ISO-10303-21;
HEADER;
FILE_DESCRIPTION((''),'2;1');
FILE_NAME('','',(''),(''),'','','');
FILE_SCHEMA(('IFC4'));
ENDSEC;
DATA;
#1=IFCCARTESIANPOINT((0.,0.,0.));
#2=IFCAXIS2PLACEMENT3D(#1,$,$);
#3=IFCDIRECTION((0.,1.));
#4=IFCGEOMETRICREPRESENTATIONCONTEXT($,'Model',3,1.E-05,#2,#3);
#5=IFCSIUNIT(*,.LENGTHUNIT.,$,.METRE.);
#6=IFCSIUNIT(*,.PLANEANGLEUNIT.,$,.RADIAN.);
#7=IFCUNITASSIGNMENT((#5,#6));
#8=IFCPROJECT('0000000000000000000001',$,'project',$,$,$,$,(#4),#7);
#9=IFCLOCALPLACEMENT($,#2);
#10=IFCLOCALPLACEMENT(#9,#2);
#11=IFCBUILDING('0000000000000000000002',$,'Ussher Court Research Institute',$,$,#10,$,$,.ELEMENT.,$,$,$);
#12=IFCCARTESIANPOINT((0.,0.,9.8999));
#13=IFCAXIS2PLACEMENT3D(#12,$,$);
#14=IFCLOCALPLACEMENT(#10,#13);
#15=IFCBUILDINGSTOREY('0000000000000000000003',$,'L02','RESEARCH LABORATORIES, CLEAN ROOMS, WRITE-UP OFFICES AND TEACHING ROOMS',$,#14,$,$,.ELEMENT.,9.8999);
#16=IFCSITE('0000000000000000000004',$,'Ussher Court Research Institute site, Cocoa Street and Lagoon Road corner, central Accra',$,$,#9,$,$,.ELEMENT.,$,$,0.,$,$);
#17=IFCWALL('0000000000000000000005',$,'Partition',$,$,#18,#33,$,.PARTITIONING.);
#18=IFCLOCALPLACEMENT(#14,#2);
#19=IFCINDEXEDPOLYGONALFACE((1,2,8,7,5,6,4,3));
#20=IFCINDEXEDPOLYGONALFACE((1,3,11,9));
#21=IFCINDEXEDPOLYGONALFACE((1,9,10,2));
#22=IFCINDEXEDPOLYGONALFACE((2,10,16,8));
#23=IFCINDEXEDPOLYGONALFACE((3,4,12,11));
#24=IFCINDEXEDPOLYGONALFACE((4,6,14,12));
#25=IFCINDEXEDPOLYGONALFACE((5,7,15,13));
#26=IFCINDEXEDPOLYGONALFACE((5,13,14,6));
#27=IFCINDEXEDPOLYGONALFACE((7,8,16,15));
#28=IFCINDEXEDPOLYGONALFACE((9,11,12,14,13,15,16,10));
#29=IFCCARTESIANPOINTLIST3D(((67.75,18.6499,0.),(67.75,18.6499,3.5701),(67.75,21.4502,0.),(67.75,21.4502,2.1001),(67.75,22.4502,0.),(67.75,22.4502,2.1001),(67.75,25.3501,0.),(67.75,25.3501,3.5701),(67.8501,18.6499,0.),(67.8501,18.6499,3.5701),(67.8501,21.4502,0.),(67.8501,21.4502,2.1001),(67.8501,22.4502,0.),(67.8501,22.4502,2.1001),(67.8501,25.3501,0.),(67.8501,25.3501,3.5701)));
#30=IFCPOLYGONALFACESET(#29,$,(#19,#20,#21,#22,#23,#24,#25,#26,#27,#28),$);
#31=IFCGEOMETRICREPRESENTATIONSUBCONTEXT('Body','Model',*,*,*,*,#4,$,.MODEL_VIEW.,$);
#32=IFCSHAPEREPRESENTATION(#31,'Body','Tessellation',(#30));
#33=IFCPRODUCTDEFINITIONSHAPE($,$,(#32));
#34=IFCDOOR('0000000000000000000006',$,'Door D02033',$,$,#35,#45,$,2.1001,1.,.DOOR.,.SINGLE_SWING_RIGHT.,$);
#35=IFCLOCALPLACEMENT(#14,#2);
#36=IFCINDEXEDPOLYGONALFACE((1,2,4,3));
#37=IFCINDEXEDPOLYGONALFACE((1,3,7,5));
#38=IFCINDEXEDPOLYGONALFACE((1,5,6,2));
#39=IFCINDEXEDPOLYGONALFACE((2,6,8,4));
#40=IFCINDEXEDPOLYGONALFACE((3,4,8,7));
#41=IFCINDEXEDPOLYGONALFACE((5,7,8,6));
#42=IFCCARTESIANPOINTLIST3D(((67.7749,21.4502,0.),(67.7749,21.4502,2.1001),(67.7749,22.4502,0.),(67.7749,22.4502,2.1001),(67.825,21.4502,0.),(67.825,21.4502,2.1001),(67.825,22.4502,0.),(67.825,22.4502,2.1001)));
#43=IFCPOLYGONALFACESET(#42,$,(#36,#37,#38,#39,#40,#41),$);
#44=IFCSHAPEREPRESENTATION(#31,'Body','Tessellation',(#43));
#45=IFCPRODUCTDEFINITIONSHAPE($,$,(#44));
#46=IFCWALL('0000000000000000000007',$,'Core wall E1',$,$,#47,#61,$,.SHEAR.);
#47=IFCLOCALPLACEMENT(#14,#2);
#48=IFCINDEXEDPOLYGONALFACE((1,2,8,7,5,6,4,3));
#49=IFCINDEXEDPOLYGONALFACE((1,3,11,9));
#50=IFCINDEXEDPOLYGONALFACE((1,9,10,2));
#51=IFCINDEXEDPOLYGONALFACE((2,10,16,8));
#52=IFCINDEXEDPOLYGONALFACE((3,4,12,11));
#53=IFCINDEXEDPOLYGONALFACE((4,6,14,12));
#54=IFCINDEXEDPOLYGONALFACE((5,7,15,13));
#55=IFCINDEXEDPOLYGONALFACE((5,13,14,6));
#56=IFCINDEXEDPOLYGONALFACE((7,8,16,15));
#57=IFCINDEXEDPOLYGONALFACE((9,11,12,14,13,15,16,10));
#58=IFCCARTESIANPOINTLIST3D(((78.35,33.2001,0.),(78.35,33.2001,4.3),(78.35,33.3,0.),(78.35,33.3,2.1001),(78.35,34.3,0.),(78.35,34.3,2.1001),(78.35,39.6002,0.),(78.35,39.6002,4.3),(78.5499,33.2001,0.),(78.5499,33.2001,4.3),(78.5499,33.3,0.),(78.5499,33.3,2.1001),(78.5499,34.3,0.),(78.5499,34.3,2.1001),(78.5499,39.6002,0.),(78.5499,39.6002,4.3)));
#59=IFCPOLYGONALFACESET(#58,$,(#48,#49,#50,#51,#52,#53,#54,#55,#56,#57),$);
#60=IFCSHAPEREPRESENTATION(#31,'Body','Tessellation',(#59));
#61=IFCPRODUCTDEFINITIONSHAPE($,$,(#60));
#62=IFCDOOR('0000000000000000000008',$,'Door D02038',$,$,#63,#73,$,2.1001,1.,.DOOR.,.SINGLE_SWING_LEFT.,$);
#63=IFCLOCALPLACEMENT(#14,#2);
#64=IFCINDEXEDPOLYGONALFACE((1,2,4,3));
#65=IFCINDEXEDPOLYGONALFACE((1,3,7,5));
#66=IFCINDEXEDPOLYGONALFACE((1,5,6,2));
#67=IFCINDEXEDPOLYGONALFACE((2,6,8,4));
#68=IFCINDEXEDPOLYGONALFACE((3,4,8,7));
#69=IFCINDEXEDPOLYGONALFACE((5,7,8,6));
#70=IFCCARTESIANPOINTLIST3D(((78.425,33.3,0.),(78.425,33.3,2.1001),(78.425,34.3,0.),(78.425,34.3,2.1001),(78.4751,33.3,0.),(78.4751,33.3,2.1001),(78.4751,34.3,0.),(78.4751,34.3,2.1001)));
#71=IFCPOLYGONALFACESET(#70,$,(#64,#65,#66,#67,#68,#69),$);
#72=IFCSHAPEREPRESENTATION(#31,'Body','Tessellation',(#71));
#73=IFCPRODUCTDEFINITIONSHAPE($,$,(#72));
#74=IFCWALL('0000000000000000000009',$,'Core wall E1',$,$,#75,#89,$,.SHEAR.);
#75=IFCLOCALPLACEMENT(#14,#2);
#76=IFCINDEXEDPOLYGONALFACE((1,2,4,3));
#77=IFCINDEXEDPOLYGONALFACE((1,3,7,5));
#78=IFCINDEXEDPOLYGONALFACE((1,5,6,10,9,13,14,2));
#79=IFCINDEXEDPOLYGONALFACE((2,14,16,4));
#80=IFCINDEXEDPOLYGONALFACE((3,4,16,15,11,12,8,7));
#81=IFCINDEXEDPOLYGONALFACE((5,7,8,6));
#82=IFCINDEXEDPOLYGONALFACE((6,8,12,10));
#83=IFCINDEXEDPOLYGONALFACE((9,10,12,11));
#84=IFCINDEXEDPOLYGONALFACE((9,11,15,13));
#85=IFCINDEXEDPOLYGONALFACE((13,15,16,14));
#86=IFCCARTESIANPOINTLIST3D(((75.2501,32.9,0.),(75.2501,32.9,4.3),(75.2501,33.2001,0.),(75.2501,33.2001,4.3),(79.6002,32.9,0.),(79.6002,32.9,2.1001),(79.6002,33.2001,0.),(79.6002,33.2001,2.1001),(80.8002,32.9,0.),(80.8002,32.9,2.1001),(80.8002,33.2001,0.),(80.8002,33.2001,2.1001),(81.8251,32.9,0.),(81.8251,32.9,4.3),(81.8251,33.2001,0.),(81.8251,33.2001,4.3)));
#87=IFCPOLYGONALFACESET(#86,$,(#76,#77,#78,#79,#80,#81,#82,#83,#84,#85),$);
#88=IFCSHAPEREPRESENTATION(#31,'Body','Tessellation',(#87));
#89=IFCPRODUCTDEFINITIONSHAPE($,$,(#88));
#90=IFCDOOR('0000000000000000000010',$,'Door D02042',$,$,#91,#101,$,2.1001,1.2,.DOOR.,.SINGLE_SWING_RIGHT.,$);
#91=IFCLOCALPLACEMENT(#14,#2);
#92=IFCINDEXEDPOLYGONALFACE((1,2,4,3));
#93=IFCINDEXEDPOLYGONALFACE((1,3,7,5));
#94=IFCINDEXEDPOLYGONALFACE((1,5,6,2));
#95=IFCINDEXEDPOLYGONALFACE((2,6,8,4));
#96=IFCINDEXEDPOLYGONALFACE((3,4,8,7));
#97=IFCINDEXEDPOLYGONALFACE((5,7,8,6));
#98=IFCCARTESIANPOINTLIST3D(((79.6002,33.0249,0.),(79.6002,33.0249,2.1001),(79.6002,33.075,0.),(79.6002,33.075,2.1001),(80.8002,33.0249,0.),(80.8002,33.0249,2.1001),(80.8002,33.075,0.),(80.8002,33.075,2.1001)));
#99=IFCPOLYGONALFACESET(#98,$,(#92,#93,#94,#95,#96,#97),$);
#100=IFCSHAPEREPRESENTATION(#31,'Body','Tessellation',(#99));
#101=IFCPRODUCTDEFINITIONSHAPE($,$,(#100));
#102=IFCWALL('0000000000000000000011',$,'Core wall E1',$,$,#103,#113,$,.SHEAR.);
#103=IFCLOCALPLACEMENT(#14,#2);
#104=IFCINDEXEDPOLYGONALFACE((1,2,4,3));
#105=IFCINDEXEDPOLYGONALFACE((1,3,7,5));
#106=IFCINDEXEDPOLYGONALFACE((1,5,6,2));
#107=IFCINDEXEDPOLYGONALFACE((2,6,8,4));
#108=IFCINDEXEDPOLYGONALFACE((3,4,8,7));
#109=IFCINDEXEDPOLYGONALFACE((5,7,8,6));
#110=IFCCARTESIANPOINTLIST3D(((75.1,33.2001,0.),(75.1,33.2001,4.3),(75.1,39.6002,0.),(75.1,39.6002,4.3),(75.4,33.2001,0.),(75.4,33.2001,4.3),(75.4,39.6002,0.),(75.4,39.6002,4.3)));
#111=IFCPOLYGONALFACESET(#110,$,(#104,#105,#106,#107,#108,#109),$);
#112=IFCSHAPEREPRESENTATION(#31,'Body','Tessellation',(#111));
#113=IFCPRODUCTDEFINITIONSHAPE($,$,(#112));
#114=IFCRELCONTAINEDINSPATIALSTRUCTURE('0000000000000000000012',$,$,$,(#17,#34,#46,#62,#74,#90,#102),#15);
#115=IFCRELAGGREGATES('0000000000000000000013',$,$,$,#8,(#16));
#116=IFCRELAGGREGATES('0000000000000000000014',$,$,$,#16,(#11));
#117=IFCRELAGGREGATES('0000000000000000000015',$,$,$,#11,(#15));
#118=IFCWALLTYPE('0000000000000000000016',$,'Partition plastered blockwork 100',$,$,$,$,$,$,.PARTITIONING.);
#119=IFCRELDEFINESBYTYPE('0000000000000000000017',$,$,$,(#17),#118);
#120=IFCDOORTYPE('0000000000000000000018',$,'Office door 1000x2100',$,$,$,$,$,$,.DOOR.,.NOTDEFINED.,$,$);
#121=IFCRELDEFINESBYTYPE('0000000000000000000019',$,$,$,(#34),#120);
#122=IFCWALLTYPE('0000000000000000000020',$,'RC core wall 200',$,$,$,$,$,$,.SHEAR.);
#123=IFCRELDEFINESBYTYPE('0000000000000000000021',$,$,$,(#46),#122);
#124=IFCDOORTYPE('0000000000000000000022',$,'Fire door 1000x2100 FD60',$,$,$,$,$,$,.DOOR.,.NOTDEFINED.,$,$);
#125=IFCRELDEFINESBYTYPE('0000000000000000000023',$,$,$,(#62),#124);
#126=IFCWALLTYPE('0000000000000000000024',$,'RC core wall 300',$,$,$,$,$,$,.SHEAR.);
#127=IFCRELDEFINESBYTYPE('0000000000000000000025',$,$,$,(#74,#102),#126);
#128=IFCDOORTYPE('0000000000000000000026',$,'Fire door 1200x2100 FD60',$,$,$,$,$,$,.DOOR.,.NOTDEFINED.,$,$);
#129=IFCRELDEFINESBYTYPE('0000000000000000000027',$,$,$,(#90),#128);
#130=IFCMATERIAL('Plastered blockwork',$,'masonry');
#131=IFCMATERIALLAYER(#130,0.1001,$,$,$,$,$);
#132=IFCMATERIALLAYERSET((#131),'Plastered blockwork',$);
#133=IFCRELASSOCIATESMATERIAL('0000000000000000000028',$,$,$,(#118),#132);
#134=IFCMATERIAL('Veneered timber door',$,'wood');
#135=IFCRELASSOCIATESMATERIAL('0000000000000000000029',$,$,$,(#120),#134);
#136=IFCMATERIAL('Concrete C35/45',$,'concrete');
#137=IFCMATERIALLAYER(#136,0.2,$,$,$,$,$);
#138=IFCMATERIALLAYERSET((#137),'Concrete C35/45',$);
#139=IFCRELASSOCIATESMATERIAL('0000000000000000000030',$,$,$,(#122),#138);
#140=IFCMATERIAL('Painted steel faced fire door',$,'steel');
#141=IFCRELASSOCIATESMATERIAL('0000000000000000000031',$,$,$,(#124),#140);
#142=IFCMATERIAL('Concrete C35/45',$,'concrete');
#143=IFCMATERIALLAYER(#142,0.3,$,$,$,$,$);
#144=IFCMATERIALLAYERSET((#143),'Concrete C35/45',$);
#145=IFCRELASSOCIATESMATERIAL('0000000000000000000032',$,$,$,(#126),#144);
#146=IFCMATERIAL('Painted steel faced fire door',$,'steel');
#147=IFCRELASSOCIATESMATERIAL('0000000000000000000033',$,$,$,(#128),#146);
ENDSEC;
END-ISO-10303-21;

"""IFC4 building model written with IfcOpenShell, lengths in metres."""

from ifc_helpers import new_model, si_unit, direction, frame, frame_2d, origin, place, context, subcontext, project, spatial, rectangle, extrude, material, layer, layer_set, type_object, element, fill, save


model = new_model("IFC4")

# Units and contexts
model_context = context("Model", 3, precision=1e-05, world=origin(), true_north=direction((0.0, 1.0)))
body_context = subcontext(model_context, "Body", "Model", "MODEL_VIEW")
ifc_project = project(units=[si_unit("LENGTHUNIT", "METRE"), si_unit("PLANEANGLEUNIT", "RADIAN")], contexts=[model_context])

# Site, building, storey
site_placement = place(None, origin())
site = spatial("IfcSite", under=ifc_project, at=site_placement, Name="Ussher Court Research Institute site, Cocoa Street and Lagoon Road corner, central Accra", CompositionType="ELEMENT", RefElevation=0.0)
building_placement = place(site_placement, origin())
building = spatial("IfcBuilding", under=site, at=building_placement, Name="Ussher Court Research Institute", CompositionType="ELEMENT")
storey_placement = place(building_placement, frame((0.0, 0.0, 9.8999)))
storey = spatial("IfcBuildingStorey", under=building, at=storey_placement, Name="L02", Description="RESEARCH LABORATORIES, CLEAN ROOMS, WRITE-UP OFFICES AND TEACHING ROOMS", CompositionType="ELEMENT", Elevation=9.8999)

# Walls, openings, doors
ifc_material_1 = material(Name="Plastered blockwork", Category="masonry")
ifc_layer_1 = layer(ifc_material_1, 0.1001)
ifc_layer_set_1 = layer_set([ifc_layer_1], Name="Plastered blockwork")
wall_type_1 = type_object("IfcWallType", Name="Partition plastered blockwork 100", PredefinedType="PARTITIONING", material=ifc_layer_set_1)
wall_1_placement = place(storey_placement, frame((67.8, 25.3501, 0.0), z_axis=(0.0, 0.0, 1.0), x_axis=(0.0, -1.0, 0.0)))
wall_1 = element("IfcWall", 1, at=wall_1_placement, inside=storey, type_object=wall_type_1, Name="Partition", PredefinedType="PARTITIONING", context=body_context, shape_type="SweptSolid", body=[
    extrude(rectangle(XDim=6.7002, YDim=0.1001, at=frame_2d((3.3501, 0.0))), origin(), (0.0, 0.0, 1.0), 3.5701),
])
opening_1_placement = place(wall_1_placement, frame((2.8999, 0.0, 0.0)))
opening_1 = element("IfcOpeningElement", 2, at=opening_1_placement, cuts=wall_1, PredefinedType="OPENING", context=body_context, shape_type="SweptSolid", body=[
    extrude(rectangle(XDim=1.0, YDim=2.1001, at=frame_2d((0.5, 1.05))), frame((0.0, 0.0601, 0.0), z_axis=(0.0, -1.0, 0.0), x_axis=(1.0, 0.0, 0.0)), (0.0, 0.0, 1.0), 0.1201),
])
ifc_material_2 = material(Name="Veneered timber door", Category="wood")
door_type_1 = type_object("IfcDoorType", Name="Office door 1000x2100", OperationType="NOTDEFINED", PredefinedType="DOOR", material=ifc_material_2)
door_1_placement = place(opening_1_placement, origin())
door_1 = element("IfcDoor", 3, at=door_1_placement, inside=storey, type_object=door_type_1, Name="Door D02033", OperationType="SINGLE_SWING_RIGHT", OverallHeight=2.1001, OverallWidth=1.0, PredefinedType="DOOR", context=body_context, shape_type="SweptSolid", body=[
    extrude(rectangle(XDim=1.0, YDim=2.1001, at=frame_2d((0.5, 1.05))), frame((0.0, 0.0249, 0.0), z_axis=(0.0, -1.0, 0.0), x_axis=(1.0, 0.0, 0.0)), (0.0, 0.0, 1.0), 0.05),
])
fill(opening_1, door_1)
ifc_material_3 = material(Name="Concrete C35/45", Category="concrete")
ifc_layer_2 = layer(ifc_material_3, 0.2)
ifc_layer_set_2 = layer_set([ifc_layer_2], Name="Concrete C35/45")
wall_type_2 = type_object("IfcWallType", Name="RC core wall 200", PredefinedType="SHEAR", material=ifc_layer_set_2)
wall_2_placement = place(storey_placement, frame((78.45, 33.2, 0.0), z_axis=(0.0, 0.0, 1.0), x_axis=(0.0, 1.0, 0.0)))
wall_2 = element("IfcWall", 4, at=wall_2_placement, inside=storey, type_object=wall_type_2, Name="Core wall E1", PredefinedType="SHEAR", context=body_context, shape_type="SweptSolid", body=[
    extrude(rectangle(XDim=6.4001, YDim=0.2, at=frame_2d((3.2002, 0.0))), origin(), (0.0, 0.0, 1.0), 4.3),
])
opening_2_placement = place(wall_2_placement, frame((0.1001, 0.0, 0.0)))
opening_2 = element("IfcOpeningElement", 5, at=opening_2_placement, cuts=wall_2, PredefinedType="OPENING", context=body_context, shape_type="SweptSolid", body=[
    extrude(rectangle(XDim=1.0, YDim=2.1001, at=frame_2d((0.5, 1.05))), frame((0.0, 0.1099, 0.0), z_axis=(0.0, -1.0, 0.0), x_axis=(1.0, 0.0, 0.0)), (0.0, 0.0, 1.0), 0.22),
])
ifc_material_4 = material(Name="Painted steel faced fire door", Category="steel")
door_type_2 = type_object("IfcDoorType", Name="Fire door 1000x2100 FD60", OperationType="NOTDEFINED", PredefinedType="DOOR", material=ifc_material_4)
door_2_placement = place(opening_2_placement, origin())
door_2 = element("IfcDoor", 6, at=door_2_placement, inside=storey, type_object=door_type_2, Name="Door D02038", OperationType="SINGLE_SWING_LEFT", OverallHeight=2.1001, OverallWidth=1.0, PredefinedType="DOOR", context=body_context, shape_type="SweptSolid", body=[
    extrude(rectangle(XDim=1.0, YDim=2.1001, at=frame_2d((0.5, 1.05))), frame((0.0, 0.0249, 0.0), z_axis=(0.0, -1.0, 0.0), x_axis=(1.0, 0.0, 0.0)), (0.0, 0.0, 1.0), 0.05),
])
fill(opening_2, door_2)
ifc_material_5 = material(Name="Concrete C35/45", Category="concrete")
ifc_layer_3 = layer(ifc_material_5, 0.3)
ifc_layer_set_3 = layer_set([ifc_layer_3], Name="Concrete C35/45")
wall_type_3 = type_object("IfcWallType", Name="RC core wall 300", PredefinedType="SHEAR", material=ifc_layer_set_3)
wall_3_placement = place(storey_placement, frame((75.25, 33.05, 0.0), z_axis=(0.0, 0.0, 1.0), x_axis=(1.0, 0.0, 0.0)))
wall_3 = element("IfcWall", 7, at=wall_3_placement, inside=storey, type_object=wall_type_3, Name="Core wall E1", PredefinedType="SHEAR", context=body_context, shape_type="SweptSolid", body=[
    extrude(rectangle(XDim=6.575, YDim=0.3, at=frame_2d((3.2876, 0.0))), origin(), (0.0, 0.0, 1.0), 4.3),
])
opening_3_placement = place(wall_3_placement, frame((4.3501, 0.0, 0.0)))
opening_3 = element("IfcOpeningElement", 8, at=opening_3_placement, cuts=wall_3, PredefinedType="OPENING", context=body_context, shape_type="SweptSolid", body=[
    extrude(rectangle(XDim=1.2, YDim=2.1001, at=frame_2d((0.6001, 1.05))), frame((0.0, 0.1602, 0.0), z_axis=(0.0, -1.0, 0.0), x_axis=(1.0, 0.0, 0.0)), (0.0, 0.0, 1.0), 0.3201),
])
ifc_material_6 = material(Name="Painted steel faced fire door", Category="steel")
door_type_3 = type_object("IfcDoorType", Name="Fire door 1200x2100 FD60", OperationType="NOTDEFINED", PredefinedType="DOOR", material=ifc_material_6)
door_3_placement = place(opening_3_placement, origin())
door_3 = element("IfcDoor", 9, at=door_3_placement, inside=storey, type_object=door_type_3, Name="Door D02042", OperationType="SINGLE_SWING_RIGHT", OverallHeight=2.1001, OverallWidth=1.2, PredefinedType="DOOR", context=body_context, shape_type="SweptSolid", body=[
    extrude(rectangle(XDim=1.2, YDim=2.1001, at=frame_2d((0.6001, 1.05))), frame((0.0, 0.0249, 0.0), z_axis=(0.0, -1.0, 0.0), x_axis=(1.0, 0.0, 0.0)), (0.0, 0.0, 1.0), 0.05),
])
fill(opening_3, door_3)

# Wall
wall_4_placement = place(storey_placement, frame((75.25, 33.2, 0.0), z_axis=(0.0, 0.0, 1.0), x_axis=(0.0, 1.0, 0.0)))
element("IfcWall", 10, at=wall_4_placement, inside=storey, type_object=wall_type_3, Name="Core wall E1", PredefinedType="SHEAR", context=body_context, shape_type="SweptSolid", body=[
    extrude(rectangle(XDim=6.4001, YDim=0.3, at=frame_2d((3.2002, 0.0))), origin(), (0.0, 0.0, 1.0), 4.3),
])

save(model, "model.ifc")
